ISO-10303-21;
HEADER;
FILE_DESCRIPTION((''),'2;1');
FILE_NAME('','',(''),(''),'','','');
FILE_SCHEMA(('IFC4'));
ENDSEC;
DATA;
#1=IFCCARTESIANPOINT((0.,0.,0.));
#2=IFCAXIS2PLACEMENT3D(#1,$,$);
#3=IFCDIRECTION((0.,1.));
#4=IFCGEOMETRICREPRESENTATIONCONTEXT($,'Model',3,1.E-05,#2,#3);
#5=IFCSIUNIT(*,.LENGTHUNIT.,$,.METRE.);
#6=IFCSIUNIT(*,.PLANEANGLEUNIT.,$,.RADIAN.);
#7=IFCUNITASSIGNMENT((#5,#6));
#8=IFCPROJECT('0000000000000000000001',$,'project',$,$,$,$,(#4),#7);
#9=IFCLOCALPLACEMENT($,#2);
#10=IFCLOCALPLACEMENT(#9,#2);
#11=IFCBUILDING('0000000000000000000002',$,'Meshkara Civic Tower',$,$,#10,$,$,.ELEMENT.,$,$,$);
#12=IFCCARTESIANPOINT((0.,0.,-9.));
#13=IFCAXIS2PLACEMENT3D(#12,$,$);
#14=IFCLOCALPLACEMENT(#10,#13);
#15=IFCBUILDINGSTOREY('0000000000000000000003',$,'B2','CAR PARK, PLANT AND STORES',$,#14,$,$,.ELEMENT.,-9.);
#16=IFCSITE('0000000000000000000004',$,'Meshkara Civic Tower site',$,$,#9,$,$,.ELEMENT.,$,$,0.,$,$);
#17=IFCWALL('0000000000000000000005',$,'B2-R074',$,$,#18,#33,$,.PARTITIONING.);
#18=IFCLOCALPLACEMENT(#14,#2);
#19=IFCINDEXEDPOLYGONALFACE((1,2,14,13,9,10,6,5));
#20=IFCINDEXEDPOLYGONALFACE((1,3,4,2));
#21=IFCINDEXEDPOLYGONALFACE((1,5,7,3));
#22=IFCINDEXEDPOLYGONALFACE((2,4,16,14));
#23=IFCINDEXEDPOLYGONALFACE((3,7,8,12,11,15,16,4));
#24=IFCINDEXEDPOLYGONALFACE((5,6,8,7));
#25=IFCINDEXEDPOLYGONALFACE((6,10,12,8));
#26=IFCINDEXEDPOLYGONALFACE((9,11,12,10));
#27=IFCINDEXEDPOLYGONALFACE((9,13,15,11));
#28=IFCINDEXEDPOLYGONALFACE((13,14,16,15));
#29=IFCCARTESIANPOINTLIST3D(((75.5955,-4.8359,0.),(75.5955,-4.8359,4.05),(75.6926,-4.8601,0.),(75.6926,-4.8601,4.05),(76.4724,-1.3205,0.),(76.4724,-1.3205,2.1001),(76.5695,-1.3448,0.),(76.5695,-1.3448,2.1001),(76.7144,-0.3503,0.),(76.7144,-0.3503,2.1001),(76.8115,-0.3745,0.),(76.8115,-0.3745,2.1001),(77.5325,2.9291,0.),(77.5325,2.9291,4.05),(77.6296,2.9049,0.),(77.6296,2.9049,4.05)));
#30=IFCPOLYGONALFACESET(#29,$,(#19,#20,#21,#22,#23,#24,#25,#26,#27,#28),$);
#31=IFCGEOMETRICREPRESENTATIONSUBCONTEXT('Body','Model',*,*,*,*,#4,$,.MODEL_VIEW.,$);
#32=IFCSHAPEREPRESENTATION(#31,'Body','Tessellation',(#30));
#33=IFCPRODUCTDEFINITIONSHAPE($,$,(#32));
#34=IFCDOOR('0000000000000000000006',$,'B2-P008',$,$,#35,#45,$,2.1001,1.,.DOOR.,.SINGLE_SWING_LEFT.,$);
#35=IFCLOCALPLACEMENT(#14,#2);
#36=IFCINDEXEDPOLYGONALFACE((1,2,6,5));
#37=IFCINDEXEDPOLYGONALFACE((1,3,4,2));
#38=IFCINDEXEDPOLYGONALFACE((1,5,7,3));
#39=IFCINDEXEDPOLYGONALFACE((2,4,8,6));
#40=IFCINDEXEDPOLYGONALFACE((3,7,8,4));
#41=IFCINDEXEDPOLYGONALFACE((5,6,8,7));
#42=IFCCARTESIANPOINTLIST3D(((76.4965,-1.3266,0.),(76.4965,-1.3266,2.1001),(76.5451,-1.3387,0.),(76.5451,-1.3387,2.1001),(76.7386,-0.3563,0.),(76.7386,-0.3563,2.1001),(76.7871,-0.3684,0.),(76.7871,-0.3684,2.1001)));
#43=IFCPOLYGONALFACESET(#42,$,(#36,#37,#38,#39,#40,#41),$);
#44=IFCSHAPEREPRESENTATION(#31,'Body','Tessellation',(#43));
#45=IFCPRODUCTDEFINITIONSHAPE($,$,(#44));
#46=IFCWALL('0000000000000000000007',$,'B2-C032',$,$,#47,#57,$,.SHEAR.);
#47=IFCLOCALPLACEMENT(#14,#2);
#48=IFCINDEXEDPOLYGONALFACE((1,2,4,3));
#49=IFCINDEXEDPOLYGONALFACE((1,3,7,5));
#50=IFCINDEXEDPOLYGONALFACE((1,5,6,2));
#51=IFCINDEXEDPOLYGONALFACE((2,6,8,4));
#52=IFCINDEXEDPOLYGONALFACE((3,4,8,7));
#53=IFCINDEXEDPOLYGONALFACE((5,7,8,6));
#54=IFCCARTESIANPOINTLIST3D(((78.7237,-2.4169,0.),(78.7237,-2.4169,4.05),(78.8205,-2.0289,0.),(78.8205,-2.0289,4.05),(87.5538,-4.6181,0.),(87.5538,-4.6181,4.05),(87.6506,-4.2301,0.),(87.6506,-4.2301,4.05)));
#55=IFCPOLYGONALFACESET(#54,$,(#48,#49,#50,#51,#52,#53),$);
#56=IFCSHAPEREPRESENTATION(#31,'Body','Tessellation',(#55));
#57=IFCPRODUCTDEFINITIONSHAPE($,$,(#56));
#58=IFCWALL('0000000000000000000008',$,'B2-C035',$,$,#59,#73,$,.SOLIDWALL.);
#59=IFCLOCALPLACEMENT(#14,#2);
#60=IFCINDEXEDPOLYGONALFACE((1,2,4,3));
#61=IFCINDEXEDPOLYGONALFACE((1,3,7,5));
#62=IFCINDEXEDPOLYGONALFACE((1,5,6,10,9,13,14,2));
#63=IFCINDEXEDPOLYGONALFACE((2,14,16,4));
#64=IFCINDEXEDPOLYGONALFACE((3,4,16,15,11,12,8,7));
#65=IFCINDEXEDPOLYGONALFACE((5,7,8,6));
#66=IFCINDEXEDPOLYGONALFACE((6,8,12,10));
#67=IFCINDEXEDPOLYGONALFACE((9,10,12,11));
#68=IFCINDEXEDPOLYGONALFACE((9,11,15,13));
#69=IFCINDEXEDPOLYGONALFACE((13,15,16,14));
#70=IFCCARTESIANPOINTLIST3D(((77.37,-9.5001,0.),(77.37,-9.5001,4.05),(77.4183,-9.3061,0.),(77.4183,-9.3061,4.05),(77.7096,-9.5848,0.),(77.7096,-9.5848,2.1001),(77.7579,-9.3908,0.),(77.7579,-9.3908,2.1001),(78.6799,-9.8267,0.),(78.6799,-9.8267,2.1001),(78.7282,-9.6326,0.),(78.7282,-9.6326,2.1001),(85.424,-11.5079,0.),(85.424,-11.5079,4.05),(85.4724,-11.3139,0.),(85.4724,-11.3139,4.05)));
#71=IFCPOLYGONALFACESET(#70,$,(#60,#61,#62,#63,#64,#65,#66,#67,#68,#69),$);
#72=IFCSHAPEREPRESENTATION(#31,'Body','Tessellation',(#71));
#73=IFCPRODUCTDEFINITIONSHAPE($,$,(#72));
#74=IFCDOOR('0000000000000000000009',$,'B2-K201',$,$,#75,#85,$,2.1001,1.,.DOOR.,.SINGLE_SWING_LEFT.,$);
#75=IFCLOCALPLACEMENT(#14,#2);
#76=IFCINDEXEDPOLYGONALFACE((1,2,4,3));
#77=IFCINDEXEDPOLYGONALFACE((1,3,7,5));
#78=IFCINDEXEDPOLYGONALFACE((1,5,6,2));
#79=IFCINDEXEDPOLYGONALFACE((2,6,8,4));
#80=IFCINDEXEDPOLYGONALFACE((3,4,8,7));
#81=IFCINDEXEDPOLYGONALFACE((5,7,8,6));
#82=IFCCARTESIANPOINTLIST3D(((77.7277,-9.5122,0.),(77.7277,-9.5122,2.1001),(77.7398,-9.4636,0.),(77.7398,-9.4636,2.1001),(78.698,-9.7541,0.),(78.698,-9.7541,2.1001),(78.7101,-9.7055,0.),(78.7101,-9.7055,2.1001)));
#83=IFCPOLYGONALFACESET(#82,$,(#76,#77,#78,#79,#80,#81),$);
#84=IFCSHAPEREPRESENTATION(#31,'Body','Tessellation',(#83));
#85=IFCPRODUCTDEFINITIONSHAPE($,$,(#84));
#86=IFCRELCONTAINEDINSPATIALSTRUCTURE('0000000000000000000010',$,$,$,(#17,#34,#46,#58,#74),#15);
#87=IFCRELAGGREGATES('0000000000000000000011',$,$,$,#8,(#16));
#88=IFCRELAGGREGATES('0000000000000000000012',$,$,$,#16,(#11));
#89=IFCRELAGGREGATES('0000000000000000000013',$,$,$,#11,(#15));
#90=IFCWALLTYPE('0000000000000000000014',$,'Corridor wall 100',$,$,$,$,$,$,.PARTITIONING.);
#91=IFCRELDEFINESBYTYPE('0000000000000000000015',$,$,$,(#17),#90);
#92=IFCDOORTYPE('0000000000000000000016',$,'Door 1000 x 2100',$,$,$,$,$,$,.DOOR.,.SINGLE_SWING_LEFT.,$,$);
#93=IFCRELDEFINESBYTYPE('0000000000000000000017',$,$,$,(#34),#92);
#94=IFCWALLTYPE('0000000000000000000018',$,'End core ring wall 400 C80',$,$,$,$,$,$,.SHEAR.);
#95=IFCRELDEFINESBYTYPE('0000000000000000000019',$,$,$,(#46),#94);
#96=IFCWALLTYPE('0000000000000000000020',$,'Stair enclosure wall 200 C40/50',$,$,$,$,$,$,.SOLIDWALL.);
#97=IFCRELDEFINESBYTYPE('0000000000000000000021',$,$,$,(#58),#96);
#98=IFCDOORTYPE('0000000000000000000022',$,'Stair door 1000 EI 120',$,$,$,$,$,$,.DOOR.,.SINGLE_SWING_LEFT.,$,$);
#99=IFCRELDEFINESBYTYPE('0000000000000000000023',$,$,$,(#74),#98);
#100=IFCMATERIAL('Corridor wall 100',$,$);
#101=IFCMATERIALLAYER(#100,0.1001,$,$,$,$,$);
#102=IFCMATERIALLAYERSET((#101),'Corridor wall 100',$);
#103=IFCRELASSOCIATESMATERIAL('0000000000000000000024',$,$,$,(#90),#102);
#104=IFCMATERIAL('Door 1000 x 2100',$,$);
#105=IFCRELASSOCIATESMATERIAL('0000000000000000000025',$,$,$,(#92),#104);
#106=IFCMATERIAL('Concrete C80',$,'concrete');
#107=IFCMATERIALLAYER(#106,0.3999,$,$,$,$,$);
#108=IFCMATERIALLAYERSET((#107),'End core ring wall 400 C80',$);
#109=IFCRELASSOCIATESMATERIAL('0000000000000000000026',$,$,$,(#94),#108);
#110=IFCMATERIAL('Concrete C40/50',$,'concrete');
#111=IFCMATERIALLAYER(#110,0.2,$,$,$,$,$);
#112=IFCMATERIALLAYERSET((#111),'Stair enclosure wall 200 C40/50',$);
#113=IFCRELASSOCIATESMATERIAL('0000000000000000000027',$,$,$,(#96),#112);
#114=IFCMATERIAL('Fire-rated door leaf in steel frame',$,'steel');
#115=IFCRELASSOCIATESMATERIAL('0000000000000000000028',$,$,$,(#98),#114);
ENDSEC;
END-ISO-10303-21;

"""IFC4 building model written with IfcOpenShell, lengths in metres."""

from ifc_helpers import new_model, si_unit, direction, frame, frame_2d, origin, place, context, subcontext, project, spatial, rectangle, extrude, material, layer, layer_set, type_object, element, fill, save


model = new_model("IFC4")

# Units and contexts
model_context = context("Model", 3, precision=1e-05, world=origin(), true_north=direction((0.0, 1.0)))
body_context = subcontext(model_context, "Body", "Model", "MODEL_VIEW")
ifc_project = project(units=[si_unit("LENGTHUNIT", "METRE"), si_unit("PLANEANGLEUNIT", "RADIAN")], contexts=[model_context])

# Site, building, storey
site_placement = place(None, origin())
site = spatial("IfcSite", under=ifc_project, at=site_placement, Name="Meshkara Civic Tower site", CompositionType="ELEMENT", RefElevation=0.0)
building_placement = place(site_placement, origin())
building = spatial("IfcBuilding", under=site, at=building_placement, Name="Meshkara Civic Tower", CompositionType="ELEMENT")
storey_placement = place(building_placement, frame((0.0, 0.0, -9.0)))
storey = spatial("IfcBuildingStorey", under=building, at=storey_placement, Name="B2", Description="CAR PARK, PLANT AND STORES", CompositionType="ELEMENT", Elevation=-9.0)

# Wall, opening, door
ifc_material_1 = material(Name="Corridor wall 100")
ifc_layer_1 = layer(ifc_material_1, 0.1001)
ifc_layer_set_1 = layer_set([ifc_layer_1], Name="Corridor wall 100")
wall_type_1 = type_object("IfcWallType", Name="Corridor wall 100", PredefinedType="PARTITIONING", material=ifc_layer_set_1)
wall_1_placement = place(storey_placement, frame((77.5811, 2.917, 0.0), z_axis=(0.0, 0.0, 1.0), x_axis=(-0.24204, -0.970266, 0.0)))
wall_1 = element("IfcWall", 1, at=wall_1_placement, inside=storey, type_object=wall_type_1, Name="B2-R074", PredefinedType="PARTITIONING", context=body_context, shape_type="SweptSolid", body=[
    extrude(rectangle(XDim=8.0029, YDim=0.1001, at=frame_2d((4.0015, 0.0))), origin(), (0.0, 0.0, 1.0), 4.05),
])
opening_1_placement = place(wall_1_placement, frame((3.3799, 0.0, 0.0)))
opening_1 = element("IfcOpeningElement", 2, at=opening_1_placement, cuts=wall_1, PredefinedType="OPENING", context=body_context, shape_type="SweptSolid", body=[
    extrude(rectangle(XDim=1.0, YDim=2.1001, at=frame_2d((0.5, 1.05))), frame((0.0, 0.0601, 0.0), z_axis=(0.0, -1.0, 0.0), x_axis=(1.0, 0.0, 0.0)), (0.0, 0.0, 1.0), 0.1201),
])
ifc_material_2 = material(Name="Door 1000 x 2100")
door_type_1 = type_object("IfcDoorType", Name="Door 1000 x 2100", OperationType="SINGLE_SWING_LEFT", PredefinedType="DOOR", material=ifc_material_2)
door_1_placement = place(opening_1_placement, origin())
door_1 = element("IfcDoor", 3, at=door_1_placement, inside=storey, type_object=door_type_1, Name="B2-P008", OperationType="SINGLE_SWING_LEFT", OverallHeight=2.1001, OverallWidth=1.0, PredefinedType="DOOR", context=body_context, shape_type="SweptSolid", body=[
    extrude(rectangle(XDim=1.0, YDim=2.1001, at=frame_2d((0.5, 1.05))), frame((0.0, 0.0249, 0.0), z_axis=(0.0, -1.0, 0.0), x_axis=(1.0, 0.0, 0.0)), (0.0, 0.0, 1.0), 0.05),
])
fill(opening_1, door_1)

# Wall
ifc_material_3 = material(Name="Concrete C80", Category="concrete")
ifc_layer_2 = layer(ifc_material_3, 0.3999)
ifc_layer_set_2 = layer_set([ifc_layer_2], Name="End core ring wall 400 C80")
wall_type_2 = type_object("IfcWallType", Name="End core ring wall 400 C80", PredefinedType="SHEAR", material=ifc_layer_set_2)
wall_2_placement = place(storey_placement, frame((78.772, -2.2229, 0.0), z_axis=(0.0, 0.0, 1.0), x_axis=(0.970306, -0.241879, 0.0)))
element("IfcWall", 4, at=wall_2_placement, inside=storey, type_object=wall_type_2, Name="B2-C032", PredefinedType="SHEAR", context=body_context, shape_type="SweptSolid", body=[
    extrude(rectangle(XDim=9.1003, YDim=0.3999, at=frame_2d((4.5503, 0.0))), origin(), (0.0, 0.0, 1.0), 4.05),
])

# Wall, opening, door
ifc_material_4 = material(Name="Concrete C40/50", Category="concrete")
ifc_layer_3 = layer(ifc_material_4, 0.2)
ifc_layer_set_3 = layer_set([ifc_layer_3], Name="Stair enclosure wall 200 C40/50")
wall_type_3 = type_object("IfcWallType", Name="Stair enclosure wall 200 C40/50", PredefinedType="SOLIDWALL", material=ifc_layer_set_3)
wall_3_placement = place(storey_placement, frame((77.394, -9.4031, 0.0), z_axis=(0.0, 0.0, 1.0), x_axis=(0.970303, -0.241892, 0.0)))
wall_3 = element("IfcWall", 5, at=wall_3_placement, inside=storey, type_object=wall_type_3, Name="B2-C035", PredefinedType="SOLIDWALL", context=body_context, shape_type="SweptSolid", body=[
    extrude(rectangle(XDim=8.3005, YDim=0.2, at=frame_2d((4.1504, 0.0))), origin(), (0.0, 0.0, 1.0), 4.05),
])
opening_2_placement = place(wall_3_placement, frame((0.3501, 0.0, 0.0)))
opening_2 = element("IfcOpeningElement", 6, at=opening_2_placement, cuts=wall_3, PredefinedType="OPENING", context=body_context, shape_type="SweptSolid", body=[
    extrude(rectangle(XDim=1.0, YDim=2.1001, at=frame_2d((0.5, 1.05))), frame((0.0, 0.1099, 0.0), z_axis=(0.0, -1.0, 0.0), x_axis=(1.0, 0.0, 0.0)), (0.0, 0.0, 1.0), 0.22),
])
ifc_material_5 = material(Name="Fire-rated door leaf in steel frame", Category="steel")
door_type_2 = type_object("IfcDoorType", Name="Stair door 1000 EI 120", OperationType="SINGLE_SWING_LEFT", PredefinedType="DOOR", material=ifc_material_5)
door_2_placement = place(opening_2_placement, origin())
door_2 = element("IfcDoor", 7, at=door_2_placement, inside=storey, type_object=door_type_2, Name="B2-K201", OperationType="SINGLE_SWING_LEFT", OverallHeight=2.1001, OverallWidth=1.0, PredefinedType="DOOR", context=body_context, shape_type="SweptSolid", body=[
    extrude(rectangle(XDim=1.0, YDim=2.1001, at=frame_2d((0.5, 1.05))), frame((0.0, 0.0249, 0.0), z_axis=(0.0, -1.0, 0.0), x_axis=(1.0, 0.0, 0.0)), (0.0, 0.0, 1.0), 0.05),
])
fill(opening_2, door_2)

save(model, "model.ifc")
